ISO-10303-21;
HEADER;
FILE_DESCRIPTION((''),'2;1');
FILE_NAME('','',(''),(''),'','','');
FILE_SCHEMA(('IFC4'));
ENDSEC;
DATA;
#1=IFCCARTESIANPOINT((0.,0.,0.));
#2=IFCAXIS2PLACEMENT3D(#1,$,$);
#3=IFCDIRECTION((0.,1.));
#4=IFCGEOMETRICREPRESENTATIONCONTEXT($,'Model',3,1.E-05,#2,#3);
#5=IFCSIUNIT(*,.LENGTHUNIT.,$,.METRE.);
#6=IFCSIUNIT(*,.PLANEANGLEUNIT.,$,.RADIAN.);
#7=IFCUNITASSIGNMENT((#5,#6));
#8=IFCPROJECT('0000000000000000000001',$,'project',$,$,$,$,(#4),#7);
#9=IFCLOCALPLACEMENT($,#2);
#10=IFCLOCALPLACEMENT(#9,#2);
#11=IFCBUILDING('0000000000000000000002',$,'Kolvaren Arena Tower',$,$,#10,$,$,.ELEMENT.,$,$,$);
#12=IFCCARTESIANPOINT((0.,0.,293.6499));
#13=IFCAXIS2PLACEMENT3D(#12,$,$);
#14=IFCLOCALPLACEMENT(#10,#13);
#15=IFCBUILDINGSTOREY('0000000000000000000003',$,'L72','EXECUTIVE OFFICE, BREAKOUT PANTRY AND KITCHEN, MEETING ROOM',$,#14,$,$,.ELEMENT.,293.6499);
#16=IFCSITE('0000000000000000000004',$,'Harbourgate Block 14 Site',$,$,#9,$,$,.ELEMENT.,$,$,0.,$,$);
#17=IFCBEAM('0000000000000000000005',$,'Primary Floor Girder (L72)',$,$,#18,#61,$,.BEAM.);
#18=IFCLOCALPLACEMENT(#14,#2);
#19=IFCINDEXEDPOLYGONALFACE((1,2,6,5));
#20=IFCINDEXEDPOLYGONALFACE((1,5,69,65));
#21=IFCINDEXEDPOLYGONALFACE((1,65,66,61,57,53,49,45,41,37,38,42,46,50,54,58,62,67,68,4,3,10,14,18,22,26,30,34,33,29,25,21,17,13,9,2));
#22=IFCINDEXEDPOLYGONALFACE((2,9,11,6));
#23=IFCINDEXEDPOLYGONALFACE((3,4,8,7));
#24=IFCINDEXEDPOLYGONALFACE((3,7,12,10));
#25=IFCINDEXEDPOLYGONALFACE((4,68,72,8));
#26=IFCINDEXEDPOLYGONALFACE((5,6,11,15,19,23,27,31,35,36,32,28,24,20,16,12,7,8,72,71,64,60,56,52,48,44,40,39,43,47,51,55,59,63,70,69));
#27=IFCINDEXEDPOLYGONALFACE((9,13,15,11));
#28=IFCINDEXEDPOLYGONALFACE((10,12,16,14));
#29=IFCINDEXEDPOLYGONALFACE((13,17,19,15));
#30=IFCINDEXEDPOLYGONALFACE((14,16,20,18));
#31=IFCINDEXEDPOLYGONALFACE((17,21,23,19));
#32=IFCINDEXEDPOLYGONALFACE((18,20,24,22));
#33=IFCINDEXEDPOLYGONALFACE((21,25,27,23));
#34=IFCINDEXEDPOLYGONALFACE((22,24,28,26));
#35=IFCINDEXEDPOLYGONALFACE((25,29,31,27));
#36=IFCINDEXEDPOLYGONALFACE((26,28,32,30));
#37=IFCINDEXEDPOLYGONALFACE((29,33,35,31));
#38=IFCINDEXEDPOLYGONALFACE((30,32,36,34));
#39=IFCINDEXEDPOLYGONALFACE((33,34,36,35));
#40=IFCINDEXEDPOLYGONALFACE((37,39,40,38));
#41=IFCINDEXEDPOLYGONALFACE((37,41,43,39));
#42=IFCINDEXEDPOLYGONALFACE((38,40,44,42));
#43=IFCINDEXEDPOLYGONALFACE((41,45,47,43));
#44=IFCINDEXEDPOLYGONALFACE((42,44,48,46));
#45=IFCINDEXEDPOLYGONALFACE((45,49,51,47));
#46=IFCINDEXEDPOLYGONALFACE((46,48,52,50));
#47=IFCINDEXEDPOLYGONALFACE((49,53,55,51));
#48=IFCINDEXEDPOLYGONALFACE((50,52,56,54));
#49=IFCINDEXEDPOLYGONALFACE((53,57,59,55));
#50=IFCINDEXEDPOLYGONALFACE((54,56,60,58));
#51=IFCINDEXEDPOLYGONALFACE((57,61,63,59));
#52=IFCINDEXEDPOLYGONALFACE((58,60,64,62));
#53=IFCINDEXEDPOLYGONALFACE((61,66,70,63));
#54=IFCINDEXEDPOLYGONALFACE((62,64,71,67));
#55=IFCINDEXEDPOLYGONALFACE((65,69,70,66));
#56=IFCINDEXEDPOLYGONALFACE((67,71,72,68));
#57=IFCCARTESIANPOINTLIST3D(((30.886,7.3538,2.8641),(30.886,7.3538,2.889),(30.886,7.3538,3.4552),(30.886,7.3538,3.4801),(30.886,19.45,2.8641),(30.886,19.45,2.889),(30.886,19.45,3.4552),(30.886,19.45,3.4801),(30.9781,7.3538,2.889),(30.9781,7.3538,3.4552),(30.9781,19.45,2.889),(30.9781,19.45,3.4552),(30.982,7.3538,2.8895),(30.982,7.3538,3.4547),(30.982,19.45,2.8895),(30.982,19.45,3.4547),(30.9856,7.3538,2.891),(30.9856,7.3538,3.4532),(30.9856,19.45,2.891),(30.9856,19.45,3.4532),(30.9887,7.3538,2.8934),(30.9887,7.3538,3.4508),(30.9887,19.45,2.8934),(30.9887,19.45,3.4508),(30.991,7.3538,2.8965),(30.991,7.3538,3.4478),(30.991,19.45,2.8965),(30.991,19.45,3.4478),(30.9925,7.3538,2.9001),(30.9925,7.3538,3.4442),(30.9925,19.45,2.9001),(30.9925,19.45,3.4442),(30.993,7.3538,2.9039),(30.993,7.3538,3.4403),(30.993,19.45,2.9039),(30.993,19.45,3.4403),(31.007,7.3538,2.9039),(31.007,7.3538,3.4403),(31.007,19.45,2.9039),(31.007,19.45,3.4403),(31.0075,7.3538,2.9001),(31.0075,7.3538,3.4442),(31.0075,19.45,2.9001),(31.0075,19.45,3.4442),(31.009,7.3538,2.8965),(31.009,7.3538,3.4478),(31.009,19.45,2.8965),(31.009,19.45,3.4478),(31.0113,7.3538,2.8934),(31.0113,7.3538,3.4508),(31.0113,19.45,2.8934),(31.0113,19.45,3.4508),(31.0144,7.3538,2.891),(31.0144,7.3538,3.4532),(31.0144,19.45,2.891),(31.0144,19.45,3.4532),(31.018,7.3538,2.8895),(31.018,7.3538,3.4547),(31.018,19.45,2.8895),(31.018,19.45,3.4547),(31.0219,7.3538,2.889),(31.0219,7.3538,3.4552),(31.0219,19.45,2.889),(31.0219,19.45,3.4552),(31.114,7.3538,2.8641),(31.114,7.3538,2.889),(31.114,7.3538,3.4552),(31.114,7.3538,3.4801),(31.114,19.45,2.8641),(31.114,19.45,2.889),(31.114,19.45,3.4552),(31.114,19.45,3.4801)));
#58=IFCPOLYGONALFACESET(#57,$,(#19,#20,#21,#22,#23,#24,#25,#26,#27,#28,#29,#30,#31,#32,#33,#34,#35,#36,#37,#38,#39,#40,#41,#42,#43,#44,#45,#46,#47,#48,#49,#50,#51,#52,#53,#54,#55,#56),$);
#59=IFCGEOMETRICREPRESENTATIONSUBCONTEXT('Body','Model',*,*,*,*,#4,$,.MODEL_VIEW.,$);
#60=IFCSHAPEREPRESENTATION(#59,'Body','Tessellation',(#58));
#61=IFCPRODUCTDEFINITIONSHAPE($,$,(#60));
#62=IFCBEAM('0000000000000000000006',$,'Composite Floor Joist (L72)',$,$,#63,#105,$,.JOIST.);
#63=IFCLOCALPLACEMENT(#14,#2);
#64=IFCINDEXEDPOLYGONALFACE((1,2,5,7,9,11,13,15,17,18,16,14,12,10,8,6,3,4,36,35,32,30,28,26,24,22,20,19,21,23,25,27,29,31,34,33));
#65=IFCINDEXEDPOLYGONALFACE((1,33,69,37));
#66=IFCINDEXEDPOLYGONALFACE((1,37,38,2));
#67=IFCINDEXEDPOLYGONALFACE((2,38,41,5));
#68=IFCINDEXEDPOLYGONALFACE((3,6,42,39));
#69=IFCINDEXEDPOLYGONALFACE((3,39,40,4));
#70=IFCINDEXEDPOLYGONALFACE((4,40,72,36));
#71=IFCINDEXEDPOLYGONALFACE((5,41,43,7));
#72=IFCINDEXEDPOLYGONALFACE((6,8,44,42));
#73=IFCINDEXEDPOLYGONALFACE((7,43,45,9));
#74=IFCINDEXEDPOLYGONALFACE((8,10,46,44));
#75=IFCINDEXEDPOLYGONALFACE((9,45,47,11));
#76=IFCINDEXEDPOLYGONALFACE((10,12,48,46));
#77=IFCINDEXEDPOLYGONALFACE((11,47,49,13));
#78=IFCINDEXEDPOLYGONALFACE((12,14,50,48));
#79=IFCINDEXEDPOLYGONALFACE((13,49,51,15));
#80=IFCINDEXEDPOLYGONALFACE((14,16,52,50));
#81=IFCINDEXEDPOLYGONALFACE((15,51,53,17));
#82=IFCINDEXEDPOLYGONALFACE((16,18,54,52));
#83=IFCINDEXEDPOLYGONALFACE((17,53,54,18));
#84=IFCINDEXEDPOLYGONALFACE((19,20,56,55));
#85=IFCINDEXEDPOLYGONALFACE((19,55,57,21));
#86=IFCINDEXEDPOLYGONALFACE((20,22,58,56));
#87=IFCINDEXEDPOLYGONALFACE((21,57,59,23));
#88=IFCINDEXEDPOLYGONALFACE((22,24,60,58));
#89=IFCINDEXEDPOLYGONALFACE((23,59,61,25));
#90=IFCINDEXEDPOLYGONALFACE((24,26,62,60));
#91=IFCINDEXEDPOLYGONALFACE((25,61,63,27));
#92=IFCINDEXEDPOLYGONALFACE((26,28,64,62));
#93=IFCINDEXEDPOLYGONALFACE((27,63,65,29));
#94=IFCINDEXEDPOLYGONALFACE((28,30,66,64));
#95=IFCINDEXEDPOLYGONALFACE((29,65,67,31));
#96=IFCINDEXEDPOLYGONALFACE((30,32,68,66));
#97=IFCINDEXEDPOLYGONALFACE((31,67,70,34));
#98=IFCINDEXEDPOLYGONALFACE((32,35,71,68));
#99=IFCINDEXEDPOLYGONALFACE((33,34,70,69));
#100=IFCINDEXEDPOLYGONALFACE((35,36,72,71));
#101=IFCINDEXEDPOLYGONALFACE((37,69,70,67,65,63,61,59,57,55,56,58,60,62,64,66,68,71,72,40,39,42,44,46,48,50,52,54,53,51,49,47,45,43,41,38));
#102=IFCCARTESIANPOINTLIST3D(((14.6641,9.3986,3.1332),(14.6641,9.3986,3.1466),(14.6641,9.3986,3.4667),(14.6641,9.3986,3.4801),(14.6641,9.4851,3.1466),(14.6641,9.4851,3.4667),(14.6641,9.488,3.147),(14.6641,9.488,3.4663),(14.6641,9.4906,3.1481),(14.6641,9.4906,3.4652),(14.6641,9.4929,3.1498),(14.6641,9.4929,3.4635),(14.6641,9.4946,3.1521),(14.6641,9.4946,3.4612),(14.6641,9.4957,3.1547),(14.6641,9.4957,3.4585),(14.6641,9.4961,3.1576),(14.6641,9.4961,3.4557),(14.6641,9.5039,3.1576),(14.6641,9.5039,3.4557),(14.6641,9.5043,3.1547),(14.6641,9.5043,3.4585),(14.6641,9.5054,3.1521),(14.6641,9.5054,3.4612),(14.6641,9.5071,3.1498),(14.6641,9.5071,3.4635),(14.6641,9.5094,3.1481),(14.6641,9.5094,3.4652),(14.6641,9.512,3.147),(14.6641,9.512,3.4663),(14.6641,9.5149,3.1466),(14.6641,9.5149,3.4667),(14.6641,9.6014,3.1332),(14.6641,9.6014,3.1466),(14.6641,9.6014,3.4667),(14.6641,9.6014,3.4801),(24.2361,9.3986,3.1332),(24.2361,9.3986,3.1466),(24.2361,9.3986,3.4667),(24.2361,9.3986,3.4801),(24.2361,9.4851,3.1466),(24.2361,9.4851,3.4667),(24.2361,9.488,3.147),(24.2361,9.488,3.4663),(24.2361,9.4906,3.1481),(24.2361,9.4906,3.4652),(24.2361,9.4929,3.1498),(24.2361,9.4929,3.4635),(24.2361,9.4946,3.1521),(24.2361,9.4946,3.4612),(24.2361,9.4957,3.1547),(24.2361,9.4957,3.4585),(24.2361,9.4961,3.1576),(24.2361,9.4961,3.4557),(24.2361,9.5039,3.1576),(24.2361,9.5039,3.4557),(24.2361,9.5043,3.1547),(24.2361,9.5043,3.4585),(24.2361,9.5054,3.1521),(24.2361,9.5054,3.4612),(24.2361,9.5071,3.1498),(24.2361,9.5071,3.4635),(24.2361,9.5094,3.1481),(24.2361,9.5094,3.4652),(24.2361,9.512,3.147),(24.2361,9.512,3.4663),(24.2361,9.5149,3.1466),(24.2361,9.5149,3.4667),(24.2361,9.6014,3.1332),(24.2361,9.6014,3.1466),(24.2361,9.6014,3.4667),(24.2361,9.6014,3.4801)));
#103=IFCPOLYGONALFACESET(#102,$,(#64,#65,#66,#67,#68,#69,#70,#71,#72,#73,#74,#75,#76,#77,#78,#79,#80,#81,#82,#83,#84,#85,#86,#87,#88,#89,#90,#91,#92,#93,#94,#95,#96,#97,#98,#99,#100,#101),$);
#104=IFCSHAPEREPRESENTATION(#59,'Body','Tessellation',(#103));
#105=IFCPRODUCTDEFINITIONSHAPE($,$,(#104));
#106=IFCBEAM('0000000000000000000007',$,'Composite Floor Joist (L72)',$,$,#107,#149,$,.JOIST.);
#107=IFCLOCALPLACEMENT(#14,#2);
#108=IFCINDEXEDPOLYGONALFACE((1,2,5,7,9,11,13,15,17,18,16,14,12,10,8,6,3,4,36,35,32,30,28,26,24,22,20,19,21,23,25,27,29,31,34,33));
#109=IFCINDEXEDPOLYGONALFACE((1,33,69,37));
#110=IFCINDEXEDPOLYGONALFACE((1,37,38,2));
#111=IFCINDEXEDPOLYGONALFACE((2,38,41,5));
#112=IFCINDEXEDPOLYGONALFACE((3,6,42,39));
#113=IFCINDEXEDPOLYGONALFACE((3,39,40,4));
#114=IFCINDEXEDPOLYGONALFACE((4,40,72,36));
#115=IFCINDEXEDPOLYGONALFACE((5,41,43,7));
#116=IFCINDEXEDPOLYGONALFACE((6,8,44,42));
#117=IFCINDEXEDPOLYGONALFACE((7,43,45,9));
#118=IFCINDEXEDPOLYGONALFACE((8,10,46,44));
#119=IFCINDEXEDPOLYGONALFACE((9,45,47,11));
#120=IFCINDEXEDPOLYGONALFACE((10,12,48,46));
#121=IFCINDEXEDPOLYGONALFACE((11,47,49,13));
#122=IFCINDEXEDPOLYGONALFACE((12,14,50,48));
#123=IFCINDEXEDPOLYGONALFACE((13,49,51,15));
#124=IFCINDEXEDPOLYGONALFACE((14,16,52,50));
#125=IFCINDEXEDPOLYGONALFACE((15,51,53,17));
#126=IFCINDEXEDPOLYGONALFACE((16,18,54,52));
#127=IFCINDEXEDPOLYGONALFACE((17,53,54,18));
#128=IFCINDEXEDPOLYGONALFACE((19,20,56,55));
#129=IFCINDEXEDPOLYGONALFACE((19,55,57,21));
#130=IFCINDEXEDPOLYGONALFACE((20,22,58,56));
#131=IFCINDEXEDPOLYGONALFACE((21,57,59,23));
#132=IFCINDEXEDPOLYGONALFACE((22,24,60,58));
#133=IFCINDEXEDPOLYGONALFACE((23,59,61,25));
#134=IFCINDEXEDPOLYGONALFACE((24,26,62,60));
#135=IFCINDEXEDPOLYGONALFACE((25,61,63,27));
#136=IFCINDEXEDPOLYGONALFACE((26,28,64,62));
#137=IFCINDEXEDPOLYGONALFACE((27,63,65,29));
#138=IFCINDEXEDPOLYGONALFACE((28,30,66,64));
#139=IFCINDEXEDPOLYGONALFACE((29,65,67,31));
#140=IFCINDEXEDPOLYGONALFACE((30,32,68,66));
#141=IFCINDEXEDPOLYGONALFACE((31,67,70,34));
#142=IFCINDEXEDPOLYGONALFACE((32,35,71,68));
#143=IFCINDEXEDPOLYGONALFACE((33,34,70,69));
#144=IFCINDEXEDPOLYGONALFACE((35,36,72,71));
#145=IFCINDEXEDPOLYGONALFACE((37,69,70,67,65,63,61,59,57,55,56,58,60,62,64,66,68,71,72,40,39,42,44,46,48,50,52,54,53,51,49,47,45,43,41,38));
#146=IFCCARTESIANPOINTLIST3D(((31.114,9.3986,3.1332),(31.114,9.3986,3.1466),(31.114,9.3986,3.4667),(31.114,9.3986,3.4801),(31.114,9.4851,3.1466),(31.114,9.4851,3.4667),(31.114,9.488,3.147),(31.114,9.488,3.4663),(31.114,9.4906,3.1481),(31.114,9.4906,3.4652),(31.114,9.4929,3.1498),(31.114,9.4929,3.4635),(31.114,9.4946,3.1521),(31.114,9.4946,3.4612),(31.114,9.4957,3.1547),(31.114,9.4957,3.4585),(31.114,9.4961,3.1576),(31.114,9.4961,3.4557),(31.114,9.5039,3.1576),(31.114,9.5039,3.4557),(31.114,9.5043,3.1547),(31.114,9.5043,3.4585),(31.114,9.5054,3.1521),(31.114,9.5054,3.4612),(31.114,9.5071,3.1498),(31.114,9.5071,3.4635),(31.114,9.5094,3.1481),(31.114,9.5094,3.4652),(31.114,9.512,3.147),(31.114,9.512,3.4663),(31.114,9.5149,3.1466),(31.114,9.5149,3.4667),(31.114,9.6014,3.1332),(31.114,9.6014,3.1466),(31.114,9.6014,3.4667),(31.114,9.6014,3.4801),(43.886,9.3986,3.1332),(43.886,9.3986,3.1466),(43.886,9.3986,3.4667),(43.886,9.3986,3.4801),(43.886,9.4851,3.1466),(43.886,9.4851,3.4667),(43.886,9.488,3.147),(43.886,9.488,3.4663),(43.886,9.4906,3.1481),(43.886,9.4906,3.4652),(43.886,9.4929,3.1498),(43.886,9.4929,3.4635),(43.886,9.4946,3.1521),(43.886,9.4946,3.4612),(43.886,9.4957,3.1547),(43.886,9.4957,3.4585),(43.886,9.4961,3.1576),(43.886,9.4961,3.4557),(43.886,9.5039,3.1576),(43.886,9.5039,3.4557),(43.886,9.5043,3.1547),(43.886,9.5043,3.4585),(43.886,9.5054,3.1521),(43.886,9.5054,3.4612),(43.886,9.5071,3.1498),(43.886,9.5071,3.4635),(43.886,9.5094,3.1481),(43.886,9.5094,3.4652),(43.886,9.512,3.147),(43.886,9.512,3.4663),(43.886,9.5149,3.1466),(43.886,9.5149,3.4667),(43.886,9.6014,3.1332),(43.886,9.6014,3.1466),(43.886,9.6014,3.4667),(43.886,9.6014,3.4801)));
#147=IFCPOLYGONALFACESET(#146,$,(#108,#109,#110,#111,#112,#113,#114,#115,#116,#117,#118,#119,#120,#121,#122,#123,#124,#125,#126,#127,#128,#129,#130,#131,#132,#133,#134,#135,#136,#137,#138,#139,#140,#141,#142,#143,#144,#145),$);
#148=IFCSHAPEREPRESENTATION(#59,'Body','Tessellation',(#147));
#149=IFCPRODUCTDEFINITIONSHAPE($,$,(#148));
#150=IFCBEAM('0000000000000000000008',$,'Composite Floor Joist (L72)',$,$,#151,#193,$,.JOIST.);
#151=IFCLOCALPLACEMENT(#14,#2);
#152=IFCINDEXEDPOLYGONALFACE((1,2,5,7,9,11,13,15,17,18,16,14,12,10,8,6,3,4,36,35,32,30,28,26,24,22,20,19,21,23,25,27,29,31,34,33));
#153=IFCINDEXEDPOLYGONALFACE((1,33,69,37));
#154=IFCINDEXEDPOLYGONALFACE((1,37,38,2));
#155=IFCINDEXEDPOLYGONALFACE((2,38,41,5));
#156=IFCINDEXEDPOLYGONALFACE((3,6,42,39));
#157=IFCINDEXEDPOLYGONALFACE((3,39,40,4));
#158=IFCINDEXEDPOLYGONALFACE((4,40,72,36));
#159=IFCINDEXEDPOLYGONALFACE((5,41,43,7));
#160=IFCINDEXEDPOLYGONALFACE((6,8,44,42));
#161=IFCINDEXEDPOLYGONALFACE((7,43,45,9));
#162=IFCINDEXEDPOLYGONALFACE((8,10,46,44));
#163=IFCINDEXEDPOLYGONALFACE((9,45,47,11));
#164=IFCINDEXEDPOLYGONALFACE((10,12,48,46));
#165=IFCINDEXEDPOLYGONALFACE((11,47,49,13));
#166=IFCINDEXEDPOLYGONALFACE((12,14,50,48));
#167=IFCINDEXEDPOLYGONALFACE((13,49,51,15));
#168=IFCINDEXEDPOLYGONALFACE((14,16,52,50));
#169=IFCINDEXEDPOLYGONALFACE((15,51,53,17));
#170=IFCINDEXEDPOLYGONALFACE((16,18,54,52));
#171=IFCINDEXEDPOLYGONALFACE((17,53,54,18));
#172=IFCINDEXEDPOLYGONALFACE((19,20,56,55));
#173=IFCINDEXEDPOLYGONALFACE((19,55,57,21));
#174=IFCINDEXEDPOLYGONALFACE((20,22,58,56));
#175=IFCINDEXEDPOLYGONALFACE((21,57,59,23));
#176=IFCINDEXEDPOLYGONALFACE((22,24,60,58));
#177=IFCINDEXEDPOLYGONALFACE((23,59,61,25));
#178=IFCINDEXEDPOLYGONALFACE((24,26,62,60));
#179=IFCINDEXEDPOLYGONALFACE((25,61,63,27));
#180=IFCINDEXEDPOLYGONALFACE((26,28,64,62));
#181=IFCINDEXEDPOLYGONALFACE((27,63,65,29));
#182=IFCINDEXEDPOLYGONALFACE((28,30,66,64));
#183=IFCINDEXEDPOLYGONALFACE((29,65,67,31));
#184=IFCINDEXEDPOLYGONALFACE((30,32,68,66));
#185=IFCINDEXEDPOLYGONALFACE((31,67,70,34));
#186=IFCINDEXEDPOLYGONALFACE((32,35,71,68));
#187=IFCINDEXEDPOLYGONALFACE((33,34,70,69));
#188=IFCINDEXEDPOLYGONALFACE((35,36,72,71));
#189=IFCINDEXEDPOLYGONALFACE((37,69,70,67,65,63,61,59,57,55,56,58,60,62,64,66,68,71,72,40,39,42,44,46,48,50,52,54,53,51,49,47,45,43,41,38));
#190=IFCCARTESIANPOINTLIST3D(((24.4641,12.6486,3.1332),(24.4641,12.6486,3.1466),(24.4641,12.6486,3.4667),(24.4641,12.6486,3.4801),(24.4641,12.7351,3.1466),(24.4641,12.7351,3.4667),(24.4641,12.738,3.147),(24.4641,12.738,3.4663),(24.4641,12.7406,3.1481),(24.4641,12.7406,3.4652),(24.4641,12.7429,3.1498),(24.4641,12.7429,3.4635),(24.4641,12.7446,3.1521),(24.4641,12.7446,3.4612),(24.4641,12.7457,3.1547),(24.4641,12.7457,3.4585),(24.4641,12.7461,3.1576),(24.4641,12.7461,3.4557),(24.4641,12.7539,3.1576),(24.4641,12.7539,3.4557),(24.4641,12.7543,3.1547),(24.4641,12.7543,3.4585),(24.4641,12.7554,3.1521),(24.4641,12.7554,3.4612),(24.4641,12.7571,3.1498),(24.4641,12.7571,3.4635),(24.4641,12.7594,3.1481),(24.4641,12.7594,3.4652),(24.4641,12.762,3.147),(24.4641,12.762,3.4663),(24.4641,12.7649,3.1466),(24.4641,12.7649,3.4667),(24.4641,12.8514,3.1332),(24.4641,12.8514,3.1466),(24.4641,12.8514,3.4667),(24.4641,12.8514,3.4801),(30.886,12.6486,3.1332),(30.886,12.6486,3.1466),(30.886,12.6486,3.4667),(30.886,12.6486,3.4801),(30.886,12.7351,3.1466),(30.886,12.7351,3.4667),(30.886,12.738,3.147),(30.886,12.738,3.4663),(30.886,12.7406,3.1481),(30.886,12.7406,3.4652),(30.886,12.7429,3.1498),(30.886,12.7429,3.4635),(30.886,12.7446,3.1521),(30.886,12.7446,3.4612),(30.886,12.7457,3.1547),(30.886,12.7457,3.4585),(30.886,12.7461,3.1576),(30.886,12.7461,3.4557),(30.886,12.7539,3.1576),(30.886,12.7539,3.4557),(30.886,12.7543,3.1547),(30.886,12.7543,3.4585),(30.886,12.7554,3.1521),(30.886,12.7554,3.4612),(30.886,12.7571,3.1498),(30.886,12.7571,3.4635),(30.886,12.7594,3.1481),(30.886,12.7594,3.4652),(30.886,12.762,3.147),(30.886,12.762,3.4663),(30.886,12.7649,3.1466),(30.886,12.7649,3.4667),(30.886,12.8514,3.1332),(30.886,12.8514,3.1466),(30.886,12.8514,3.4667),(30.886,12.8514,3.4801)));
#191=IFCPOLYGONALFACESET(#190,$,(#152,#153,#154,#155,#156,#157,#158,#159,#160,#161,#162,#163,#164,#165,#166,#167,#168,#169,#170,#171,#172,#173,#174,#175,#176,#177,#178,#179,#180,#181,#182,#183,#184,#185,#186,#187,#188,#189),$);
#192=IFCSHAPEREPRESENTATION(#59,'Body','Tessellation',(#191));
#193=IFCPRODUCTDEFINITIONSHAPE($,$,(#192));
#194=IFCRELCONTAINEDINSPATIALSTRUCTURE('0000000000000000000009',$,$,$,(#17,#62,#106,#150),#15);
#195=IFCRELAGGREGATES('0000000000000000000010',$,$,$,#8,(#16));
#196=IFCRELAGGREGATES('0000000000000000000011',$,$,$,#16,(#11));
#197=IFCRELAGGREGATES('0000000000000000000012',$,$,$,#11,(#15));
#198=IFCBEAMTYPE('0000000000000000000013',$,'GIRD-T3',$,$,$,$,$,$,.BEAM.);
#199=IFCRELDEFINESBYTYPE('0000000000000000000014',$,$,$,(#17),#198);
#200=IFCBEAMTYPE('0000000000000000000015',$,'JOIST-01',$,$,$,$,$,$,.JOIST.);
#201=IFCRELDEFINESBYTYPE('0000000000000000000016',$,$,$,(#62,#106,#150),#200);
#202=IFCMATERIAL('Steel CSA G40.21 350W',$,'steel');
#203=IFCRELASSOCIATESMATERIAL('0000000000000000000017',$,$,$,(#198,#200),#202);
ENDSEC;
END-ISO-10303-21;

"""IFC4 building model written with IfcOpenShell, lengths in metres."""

from ifc_helpers import new_model, si_unit, direction, frame, origin, origin_2d, place, context, subcontext, project, spatial, i_section, extrude, material, material_profile, profile_set, type_object, element, save


model = new_model("IFC4")

# Units and contexts
model_context = context("Model", 3, precision=1e-05, world=origin(), true_north=direction((0.0, 1.0)))
body_context = subcontext(model_context, "Body", "Model", "MODEL_VIEW")
ifc_project = project(units=[si_unit("LENGTHUNIT", "METRE"), si_unit("PLANEANGLEUNIT", "RADIAN")], contexts=[model_context])

# Site, building, storey
site_placement = place(None, origin())
site = spatial("IfcSite", under=ifc_project, at=site_placement, Name="Harbourgate Block 14 Site", CompositionType="ELEMENT", RefElevation=0.0)
building_placement = place(site_placement, origin())
building = spatial("IfcBuilding", under=site, at=building_placement, Name="Kolvaren Arena Tower", CompositionType="ELEMENT")
storey_placement = place(building_placement, frame((0.0, 0.0, 293.6499)))
storey = spatial("IfcBuildingStorey", under=building, at=storey_placement, Name="L72", Description="EXECUTIVE OFFICE, BREAKOUT PANTRY AND KITCHEN, MEETING ROOM", CompositionType="ELEMENT", Elevation=293.6499)

# Beams
ifc_material_1 = material(Name="Steel CSA G40.21 350W", Category="steel")
ifc_material_profile_1 = material_profile(ifc_material_1, i_section(OverallWidth=0.228, OverallDepth=0.616, WebThickness=0.0139, FlangeThickness=0.0249, FilletRadius=0.0149, at=origin_2d()), Name="W610x174")
ifc_profile_set_1 = profile_set([ifc_material_profile_1], Name="Steel CSA G40.21 350W")
beam_type_1 = type_object("IfcBeamType", Name="GIRD-T3", PredefinedType="BEAM", material=ifc_profile_set_1)
beam_1_placement = place(storey_placement, frame((31.0, 7.3538, 3.1721), z_axis=(0.0, 1.0, 0.0), x_axis=(-1.0, 0.0, 0.0)))
element("IfcBeam", 1, at=beam_1_placement, inside=storey, type_object=beam_type_1, Name="Primary Floor Girder (L72)", PredefinedType="BEAM", context=body_context, shape_type="SweptSolid", body=[
    extrude(i_section(OverallWidth=0.228, OverallDepth=0.616, WebThickness=0.0139, FlangeThickness=0.0249, FilletRadius=0.0149, at=origin_2d()), origin(), (0.0, 0.0, 1.0), 12.0962),
])
ifc_material_profile_2 = material_profile(ifc_material_1, i_section(OverallWidth=0.2029, OverallDepth=0.3469, WebThickness=0.0078, FlangeThickness=0.0134, FilletRadius=0.011, at=origin_2d()), Name="W360x64")
ifc_profile_set_2 = profile_set([ifc_material_profile_2], Name="Steel CSA G40.21 350W")
beam_type_2 = type_object("IfcBeamType", Name="JOIST-01", PredefinedType="JOIST", material=ifc_profile_set_2)
beam_2_placement = place(storey_placement, frame((14.6641, 9.5, 3.3066), z_axis=(1.0, 0.0, 0.0), x_axis=(0.0, 1.0, 0.0)))
element("IfcBeam", 2, at=beam_2_placement, inside=storey, type_object=beam_type_2, Name="Composite Floor Joist (L72)", PredefinedType="JOIST", context=body_context, shape_type="SweptSolid", body=[
    extrude(i_section(OverallWidth=0.2029, OverallDepth=0.3469, WebThickness=0.0078, FlangeThickness=0.0134, FilletRadius=0.011, at=origin_2d()), origin(), (0.0, 0.0, 1.0), 9.572),
])
beam_3_placement = place(storey_placement, frame((31.114, 9.5, 3.3066), z_axis=(1.0, 0.0, 0.0), x_axis=(0.0, 1.0, 0.0)))
element("IfcBeam", 3, at=beam_3_placement, inside=storey, type_object=beam_type_2, Name="Composite Floor Joist (L72)", PredefinedType="JOIST", context=body_context, shape_type="SweptSolid", body=[
    extrude(i_section(OverallWidth=0.2029, OverallDepth=0.3469, WebThickness=0.0078, FlangeThickness=0.0134, FilletRadius=0.011, at=origin_2d()), origin(), (0.0, 0.0, 1.0), 12.772),
])
beam_4_placement = place(storey_placement, frame((24.4641, 12.75, 3.3066), z_axis=(1.0, 0.0, 0.0), x_axis=(0.0, 1.0, 0.0)))
element("IfcBeam", 4, at=beam_4_placement, inside=storey, type_object=beam_type_2, Name="Composite Floor Joist (L72)", PredefinedType="JOIST", context=body_context, shape_type="SweptSolid", body=[
    extrude(i_section(OverallWidth=0.2029, OverallDepth=0.3469, WebThickness=0.0078, FlangeThickness=0.0134, FilletRadius=0.011, at=origin_2d()), origin(), (0.0, 0.0, 1.0), 6.4219),
])

save(model, "model.ifc")
